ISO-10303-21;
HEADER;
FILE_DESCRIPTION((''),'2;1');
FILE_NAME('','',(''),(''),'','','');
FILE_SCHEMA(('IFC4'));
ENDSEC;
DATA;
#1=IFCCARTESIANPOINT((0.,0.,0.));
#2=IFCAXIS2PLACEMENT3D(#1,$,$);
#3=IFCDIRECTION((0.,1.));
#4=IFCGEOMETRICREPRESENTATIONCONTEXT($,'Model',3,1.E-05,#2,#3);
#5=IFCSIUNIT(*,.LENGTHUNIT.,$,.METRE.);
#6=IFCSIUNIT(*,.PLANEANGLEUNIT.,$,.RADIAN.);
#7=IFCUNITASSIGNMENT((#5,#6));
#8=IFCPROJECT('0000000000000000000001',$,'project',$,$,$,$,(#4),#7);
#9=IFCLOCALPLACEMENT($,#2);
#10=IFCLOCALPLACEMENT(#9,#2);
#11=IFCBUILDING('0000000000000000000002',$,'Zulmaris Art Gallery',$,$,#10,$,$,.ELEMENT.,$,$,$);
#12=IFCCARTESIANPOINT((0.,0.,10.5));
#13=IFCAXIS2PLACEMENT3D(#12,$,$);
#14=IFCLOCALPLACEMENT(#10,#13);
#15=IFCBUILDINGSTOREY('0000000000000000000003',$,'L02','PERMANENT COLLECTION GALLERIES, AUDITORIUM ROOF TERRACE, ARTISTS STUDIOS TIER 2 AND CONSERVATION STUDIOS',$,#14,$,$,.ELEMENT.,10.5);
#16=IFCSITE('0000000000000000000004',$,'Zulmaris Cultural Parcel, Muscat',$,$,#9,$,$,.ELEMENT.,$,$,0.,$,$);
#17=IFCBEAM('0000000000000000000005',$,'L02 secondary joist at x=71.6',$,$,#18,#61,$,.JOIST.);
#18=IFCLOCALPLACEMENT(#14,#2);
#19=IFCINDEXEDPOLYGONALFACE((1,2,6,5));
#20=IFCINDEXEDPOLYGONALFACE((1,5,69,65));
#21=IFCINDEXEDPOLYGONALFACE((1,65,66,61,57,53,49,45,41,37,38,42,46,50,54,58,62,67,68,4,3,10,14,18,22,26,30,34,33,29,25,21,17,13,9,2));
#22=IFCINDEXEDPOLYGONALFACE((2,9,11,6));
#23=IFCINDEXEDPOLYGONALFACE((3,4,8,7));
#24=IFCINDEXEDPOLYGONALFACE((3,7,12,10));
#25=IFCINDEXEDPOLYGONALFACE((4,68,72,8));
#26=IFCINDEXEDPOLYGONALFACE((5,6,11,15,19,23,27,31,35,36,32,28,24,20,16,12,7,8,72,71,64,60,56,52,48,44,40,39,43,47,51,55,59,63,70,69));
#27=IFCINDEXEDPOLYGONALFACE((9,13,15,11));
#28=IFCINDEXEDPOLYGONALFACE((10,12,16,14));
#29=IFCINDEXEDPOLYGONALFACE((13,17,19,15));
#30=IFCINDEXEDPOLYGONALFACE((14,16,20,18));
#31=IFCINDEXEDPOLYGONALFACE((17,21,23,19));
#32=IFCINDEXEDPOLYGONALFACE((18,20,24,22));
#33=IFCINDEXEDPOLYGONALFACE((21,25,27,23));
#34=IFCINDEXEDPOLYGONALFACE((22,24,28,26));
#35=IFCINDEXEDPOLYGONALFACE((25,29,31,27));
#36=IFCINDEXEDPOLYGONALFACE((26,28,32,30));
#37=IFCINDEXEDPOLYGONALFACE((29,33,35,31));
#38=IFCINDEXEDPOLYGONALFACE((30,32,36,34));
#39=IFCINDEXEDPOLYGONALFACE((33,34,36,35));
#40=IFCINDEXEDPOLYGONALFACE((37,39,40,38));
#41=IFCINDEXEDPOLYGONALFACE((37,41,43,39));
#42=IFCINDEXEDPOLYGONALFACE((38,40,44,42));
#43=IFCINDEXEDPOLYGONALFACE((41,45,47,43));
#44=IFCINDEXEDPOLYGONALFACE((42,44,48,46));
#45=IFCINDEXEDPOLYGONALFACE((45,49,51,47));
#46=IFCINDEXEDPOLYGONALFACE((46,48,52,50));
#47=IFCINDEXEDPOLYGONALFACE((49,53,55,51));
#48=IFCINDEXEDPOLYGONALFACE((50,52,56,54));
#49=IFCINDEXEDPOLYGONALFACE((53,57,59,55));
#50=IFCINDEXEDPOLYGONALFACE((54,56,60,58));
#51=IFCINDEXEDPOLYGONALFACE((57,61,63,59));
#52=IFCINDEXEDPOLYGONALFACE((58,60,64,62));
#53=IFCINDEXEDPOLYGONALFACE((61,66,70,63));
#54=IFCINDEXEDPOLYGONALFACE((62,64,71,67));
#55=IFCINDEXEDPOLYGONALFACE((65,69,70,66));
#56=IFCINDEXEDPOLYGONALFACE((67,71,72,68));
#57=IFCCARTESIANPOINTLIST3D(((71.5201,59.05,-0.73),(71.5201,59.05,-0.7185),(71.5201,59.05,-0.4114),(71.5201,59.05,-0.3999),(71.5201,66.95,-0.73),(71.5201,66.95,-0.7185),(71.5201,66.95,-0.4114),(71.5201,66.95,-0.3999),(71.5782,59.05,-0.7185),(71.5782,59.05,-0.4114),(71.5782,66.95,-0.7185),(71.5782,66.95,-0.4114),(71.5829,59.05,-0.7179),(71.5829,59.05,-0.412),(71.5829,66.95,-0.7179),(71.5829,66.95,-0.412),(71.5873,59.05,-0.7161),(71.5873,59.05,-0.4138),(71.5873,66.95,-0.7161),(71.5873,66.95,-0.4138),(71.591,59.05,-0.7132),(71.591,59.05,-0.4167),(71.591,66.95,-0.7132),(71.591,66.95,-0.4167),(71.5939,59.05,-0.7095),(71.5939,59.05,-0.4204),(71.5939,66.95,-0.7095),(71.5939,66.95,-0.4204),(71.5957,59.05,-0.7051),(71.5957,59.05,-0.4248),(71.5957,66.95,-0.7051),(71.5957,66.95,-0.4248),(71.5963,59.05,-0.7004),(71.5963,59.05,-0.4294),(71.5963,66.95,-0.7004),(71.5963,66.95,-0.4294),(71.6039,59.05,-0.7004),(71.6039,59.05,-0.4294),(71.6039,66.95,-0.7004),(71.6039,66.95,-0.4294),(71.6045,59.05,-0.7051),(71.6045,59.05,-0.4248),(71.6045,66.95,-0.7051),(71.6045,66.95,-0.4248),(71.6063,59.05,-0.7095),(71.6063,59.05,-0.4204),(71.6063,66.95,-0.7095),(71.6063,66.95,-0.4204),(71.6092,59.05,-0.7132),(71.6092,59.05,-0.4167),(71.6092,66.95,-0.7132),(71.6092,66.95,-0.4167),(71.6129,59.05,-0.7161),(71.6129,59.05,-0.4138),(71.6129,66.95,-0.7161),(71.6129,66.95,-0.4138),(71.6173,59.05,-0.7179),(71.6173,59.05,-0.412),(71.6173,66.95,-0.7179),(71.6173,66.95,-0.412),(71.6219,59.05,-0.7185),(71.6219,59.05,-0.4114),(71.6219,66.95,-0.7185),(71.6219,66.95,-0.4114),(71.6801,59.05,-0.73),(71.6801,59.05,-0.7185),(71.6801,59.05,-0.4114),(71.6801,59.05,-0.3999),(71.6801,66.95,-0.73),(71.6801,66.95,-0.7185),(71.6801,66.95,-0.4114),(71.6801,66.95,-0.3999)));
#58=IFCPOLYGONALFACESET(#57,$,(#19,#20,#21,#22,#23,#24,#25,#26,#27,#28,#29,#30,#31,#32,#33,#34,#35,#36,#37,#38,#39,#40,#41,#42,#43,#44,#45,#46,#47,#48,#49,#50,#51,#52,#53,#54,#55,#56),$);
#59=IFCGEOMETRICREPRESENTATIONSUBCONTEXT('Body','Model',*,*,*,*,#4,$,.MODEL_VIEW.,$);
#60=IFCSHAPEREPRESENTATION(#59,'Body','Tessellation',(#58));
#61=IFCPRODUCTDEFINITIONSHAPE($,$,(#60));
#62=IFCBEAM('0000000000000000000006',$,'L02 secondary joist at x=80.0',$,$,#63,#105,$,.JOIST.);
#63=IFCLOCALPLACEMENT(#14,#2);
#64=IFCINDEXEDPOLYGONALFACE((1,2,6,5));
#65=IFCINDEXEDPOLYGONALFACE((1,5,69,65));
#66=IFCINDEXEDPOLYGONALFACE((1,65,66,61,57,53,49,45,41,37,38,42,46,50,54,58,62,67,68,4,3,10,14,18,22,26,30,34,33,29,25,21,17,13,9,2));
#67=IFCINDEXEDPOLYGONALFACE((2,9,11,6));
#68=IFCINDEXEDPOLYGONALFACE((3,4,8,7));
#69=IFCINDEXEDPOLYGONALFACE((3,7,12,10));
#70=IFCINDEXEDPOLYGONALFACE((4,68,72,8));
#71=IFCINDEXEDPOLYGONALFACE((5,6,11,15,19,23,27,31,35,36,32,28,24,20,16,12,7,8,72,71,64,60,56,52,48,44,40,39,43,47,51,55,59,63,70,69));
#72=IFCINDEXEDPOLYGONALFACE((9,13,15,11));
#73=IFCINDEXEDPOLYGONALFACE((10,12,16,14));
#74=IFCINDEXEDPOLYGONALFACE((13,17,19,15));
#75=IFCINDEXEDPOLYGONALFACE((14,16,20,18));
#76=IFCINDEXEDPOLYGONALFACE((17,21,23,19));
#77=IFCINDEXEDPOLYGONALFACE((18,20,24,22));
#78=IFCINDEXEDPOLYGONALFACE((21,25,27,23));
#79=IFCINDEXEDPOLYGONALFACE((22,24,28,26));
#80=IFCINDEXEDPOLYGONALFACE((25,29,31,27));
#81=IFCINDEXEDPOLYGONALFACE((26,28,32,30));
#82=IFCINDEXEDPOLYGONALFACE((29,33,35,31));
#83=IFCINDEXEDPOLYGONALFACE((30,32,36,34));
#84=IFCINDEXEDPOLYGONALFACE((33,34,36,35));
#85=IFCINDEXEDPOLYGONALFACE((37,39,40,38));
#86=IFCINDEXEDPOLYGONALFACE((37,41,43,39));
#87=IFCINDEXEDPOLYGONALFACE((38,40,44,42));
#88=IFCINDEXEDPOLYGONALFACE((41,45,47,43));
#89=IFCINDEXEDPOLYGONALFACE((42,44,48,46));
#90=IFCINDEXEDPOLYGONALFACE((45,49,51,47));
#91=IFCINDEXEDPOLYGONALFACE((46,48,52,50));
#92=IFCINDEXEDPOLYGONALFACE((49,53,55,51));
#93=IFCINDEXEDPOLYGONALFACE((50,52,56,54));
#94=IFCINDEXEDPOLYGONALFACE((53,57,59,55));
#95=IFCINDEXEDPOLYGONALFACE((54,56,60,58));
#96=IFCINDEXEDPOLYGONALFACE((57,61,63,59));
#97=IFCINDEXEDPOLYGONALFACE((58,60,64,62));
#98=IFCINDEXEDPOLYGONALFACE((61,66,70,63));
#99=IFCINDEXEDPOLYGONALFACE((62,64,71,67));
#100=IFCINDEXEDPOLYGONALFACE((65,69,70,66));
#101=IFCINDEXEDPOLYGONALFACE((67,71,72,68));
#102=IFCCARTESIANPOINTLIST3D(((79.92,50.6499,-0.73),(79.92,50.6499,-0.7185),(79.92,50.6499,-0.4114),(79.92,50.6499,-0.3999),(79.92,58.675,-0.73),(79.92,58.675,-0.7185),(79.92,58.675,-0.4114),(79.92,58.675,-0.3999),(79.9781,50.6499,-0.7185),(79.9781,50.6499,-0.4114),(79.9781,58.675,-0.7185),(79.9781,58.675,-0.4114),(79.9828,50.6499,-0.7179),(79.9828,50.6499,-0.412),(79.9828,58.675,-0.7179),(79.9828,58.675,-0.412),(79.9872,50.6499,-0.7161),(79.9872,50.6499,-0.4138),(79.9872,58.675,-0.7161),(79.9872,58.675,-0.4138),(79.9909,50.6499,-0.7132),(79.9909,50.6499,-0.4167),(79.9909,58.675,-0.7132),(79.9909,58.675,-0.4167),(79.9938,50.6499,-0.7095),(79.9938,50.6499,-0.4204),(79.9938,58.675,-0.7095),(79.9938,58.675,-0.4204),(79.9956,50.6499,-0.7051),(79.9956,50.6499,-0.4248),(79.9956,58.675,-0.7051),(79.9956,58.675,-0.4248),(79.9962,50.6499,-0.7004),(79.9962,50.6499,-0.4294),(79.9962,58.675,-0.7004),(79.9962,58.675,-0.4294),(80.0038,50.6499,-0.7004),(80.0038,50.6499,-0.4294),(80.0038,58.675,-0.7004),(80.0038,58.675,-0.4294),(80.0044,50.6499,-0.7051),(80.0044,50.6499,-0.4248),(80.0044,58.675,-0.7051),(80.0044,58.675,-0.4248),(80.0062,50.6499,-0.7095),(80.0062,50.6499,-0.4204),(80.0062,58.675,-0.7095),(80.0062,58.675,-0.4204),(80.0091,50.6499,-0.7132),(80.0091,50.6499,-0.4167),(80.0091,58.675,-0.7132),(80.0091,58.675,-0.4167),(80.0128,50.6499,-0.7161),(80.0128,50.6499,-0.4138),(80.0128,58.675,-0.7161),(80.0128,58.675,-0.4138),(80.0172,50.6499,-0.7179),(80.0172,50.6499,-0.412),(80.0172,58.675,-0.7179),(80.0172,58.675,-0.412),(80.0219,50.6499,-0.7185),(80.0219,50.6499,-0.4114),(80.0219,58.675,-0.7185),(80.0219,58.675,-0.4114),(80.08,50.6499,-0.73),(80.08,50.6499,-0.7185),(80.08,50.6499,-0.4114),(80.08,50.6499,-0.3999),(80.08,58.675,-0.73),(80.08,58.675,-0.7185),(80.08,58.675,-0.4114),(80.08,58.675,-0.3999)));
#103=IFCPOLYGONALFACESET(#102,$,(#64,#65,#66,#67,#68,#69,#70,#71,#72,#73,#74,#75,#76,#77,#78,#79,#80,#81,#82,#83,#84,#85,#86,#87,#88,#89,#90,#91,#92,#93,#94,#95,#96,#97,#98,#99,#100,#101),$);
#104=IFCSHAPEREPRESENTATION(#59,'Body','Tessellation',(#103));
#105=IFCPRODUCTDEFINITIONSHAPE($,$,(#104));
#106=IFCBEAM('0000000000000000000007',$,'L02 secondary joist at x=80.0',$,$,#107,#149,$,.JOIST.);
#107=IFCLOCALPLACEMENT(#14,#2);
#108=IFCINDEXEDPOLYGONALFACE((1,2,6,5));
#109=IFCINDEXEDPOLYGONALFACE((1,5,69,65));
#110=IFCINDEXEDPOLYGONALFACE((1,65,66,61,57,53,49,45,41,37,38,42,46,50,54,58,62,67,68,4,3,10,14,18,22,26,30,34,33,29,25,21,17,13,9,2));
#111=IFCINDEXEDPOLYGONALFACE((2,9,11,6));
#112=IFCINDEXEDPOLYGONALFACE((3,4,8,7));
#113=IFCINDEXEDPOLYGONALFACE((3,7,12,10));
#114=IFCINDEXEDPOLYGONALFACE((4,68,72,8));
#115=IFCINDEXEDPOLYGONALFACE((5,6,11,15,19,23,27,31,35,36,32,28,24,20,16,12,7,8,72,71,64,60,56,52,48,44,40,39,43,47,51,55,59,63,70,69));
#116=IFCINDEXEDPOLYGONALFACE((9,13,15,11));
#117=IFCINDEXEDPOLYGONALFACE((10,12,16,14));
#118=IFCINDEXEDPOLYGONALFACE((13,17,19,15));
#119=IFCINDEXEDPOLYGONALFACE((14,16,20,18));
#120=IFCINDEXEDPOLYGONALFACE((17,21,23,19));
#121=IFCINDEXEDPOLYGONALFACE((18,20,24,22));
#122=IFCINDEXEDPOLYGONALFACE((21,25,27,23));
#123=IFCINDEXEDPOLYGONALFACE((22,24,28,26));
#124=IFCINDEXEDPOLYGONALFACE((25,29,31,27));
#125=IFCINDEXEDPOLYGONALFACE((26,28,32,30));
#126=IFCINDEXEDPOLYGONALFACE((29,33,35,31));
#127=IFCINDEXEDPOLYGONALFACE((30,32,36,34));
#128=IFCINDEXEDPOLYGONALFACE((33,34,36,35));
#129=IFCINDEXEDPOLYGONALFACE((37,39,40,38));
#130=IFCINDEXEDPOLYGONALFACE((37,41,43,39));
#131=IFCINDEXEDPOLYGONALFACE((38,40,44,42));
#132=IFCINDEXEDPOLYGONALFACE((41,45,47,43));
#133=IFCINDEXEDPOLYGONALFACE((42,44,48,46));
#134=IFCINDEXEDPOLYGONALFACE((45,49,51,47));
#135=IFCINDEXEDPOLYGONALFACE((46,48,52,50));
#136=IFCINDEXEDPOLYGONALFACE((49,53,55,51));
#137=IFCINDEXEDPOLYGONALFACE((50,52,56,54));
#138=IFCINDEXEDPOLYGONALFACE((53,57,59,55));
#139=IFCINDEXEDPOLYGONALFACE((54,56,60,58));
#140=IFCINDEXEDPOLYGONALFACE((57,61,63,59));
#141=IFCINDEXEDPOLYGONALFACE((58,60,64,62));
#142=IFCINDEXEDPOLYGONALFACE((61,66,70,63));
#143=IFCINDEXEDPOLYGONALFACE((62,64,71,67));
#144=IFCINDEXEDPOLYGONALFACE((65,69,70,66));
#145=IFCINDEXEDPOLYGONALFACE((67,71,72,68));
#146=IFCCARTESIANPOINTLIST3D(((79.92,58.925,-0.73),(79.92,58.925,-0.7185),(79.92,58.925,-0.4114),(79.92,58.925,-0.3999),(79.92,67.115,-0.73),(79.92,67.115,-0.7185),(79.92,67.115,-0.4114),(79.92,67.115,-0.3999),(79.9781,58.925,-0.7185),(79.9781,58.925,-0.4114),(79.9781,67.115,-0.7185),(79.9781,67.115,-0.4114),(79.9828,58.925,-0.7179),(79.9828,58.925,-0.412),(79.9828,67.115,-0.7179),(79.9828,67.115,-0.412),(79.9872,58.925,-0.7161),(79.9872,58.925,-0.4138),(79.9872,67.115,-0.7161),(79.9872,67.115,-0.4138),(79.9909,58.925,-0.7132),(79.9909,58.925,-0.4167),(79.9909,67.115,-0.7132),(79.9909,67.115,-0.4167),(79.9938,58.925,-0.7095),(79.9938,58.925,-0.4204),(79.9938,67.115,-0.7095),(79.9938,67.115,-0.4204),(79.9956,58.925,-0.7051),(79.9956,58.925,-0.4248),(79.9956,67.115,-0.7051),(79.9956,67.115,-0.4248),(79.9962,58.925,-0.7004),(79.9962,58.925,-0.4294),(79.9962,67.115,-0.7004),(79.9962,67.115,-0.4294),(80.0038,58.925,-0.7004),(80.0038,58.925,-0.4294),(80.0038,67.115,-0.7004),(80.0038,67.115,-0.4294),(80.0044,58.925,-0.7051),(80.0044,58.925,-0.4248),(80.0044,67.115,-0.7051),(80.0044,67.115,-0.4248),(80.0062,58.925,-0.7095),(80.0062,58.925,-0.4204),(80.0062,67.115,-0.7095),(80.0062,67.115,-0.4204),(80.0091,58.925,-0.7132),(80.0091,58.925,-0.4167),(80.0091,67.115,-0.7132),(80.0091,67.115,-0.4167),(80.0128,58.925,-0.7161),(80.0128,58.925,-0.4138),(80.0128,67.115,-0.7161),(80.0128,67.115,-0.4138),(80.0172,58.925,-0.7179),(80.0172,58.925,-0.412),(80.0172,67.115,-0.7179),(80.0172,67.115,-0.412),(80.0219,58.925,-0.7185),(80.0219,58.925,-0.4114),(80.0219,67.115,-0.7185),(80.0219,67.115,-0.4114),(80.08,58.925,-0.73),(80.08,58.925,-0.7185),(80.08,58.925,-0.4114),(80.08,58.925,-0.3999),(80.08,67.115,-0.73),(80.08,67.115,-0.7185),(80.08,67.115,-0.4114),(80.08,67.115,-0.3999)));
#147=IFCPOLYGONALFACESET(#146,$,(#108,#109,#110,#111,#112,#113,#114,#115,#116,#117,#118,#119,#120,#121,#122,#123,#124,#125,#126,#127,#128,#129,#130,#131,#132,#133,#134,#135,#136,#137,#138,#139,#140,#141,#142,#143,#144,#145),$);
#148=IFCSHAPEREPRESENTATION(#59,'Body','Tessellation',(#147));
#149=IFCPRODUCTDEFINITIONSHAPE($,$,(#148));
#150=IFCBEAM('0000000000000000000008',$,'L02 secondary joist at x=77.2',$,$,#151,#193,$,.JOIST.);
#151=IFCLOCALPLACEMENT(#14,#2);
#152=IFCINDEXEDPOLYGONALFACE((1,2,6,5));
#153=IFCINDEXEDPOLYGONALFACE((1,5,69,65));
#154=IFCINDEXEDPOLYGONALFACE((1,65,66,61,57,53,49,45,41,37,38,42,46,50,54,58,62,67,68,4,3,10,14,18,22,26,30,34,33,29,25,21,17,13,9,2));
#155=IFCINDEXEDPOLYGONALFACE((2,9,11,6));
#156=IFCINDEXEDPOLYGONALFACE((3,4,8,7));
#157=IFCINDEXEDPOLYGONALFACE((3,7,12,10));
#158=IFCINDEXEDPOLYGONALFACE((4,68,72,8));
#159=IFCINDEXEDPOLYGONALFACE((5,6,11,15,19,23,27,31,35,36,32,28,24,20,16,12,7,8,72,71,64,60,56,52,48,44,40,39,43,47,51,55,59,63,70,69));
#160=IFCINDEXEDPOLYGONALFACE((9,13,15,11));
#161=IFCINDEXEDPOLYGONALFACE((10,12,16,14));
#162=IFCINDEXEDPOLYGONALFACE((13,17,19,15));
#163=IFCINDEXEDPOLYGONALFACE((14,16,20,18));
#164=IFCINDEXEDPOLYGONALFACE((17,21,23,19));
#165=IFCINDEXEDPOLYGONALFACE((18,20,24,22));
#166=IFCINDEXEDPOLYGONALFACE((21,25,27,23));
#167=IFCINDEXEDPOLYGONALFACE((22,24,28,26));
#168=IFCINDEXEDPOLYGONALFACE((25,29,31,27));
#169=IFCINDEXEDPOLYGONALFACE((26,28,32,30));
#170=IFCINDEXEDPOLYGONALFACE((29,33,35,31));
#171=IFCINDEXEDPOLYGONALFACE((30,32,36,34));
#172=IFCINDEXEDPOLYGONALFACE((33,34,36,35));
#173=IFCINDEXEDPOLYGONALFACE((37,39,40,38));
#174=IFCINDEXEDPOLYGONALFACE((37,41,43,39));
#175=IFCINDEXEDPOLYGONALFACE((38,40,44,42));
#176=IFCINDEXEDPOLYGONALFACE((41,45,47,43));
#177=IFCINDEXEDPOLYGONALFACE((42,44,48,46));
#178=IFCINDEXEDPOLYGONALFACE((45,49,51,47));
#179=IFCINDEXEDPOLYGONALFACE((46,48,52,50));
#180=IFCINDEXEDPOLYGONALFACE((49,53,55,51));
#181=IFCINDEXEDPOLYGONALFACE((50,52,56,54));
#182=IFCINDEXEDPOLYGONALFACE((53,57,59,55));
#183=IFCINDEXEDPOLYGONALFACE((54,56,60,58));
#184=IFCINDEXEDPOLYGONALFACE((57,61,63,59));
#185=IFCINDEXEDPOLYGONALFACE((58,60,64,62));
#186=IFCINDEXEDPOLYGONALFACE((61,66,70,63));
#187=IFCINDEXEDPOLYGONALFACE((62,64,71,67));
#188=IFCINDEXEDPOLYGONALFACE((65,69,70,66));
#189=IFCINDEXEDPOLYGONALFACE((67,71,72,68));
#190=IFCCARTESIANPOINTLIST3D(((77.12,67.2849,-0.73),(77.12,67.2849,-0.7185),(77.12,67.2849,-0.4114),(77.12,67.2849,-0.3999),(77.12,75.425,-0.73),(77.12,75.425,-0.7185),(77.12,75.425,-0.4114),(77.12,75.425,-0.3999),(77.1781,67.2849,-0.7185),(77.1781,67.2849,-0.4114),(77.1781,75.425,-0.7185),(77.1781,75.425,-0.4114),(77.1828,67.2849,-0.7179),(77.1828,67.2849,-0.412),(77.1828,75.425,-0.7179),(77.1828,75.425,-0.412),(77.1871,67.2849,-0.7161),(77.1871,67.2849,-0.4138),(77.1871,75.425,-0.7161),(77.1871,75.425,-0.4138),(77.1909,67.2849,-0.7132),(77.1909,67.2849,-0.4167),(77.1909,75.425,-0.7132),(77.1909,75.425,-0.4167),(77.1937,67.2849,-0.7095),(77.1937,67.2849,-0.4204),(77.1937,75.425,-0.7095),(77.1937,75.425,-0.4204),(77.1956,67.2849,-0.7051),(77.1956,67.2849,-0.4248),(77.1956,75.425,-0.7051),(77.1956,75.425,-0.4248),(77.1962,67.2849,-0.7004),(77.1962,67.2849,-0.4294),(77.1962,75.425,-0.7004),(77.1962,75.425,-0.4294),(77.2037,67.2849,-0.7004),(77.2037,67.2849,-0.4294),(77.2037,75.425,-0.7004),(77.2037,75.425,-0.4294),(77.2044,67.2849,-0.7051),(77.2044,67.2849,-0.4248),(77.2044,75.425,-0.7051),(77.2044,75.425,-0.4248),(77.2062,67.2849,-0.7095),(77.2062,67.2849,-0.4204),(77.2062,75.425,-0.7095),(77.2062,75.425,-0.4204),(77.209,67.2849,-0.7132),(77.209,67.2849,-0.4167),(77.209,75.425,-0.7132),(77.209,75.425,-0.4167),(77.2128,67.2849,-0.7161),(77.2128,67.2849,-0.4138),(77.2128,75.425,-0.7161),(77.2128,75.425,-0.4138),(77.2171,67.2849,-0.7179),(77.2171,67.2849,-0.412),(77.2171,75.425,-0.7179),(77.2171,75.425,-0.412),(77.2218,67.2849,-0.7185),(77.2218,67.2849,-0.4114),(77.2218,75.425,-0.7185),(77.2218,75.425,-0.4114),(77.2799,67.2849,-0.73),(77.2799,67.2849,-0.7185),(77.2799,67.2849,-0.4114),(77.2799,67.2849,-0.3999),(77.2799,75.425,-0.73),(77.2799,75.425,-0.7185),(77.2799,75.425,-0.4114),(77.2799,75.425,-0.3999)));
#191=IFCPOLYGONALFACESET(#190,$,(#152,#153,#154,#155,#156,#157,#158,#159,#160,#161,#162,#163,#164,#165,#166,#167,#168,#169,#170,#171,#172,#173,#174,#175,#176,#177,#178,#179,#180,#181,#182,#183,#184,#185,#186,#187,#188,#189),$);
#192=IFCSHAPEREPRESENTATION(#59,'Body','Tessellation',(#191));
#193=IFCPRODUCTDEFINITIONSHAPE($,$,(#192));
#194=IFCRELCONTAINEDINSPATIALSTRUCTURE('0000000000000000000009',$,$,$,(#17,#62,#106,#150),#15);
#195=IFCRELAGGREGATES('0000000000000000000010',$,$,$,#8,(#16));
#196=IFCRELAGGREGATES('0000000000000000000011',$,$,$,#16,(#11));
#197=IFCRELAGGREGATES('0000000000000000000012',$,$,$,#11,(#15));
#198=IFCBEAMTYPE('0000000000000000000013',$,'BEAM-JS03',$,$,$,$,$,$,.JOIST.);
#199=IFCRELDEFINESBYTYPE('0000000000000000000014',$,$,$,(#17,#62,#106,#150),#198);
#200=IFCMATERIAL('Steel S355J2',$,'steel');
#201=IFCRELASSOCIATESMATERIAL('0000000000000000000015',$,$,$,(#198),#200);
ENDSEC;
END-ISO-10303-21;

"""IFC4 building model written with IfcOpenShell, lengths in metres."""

from ifc_helpers import new_model, si_unit, direction, frame, origin, origin_2d, place, context, subcontext, project, spatial, i_section, extrude, material, material_profile, profile_set, type_object, element, save


model = new_model("IFC4")

# Units and contexts
model_context = context("Model", 3, precision=1e-05, world=origin(), true_north=direction((0.0, 1.0)))
body_context = subcontext(model_context, "Body", "Model", "MODEL_VIEW")
ifc_project = project(units=[si_unit("LENGTHUNIT", "METRE"), si_unit("PLANEANGLEUNIT", "RADIAN")], contexts=[model_context])

# Site, building, storey
site_placement = place(None, origin())
site = spatial("IfcSite", under=ifc_project, at=site_placement, Name="Zulmaris Cultural Parcel, Muscat", CompositionType="ELEMENT", RefElevation=0.0)
building_placement = place(site_placement, origin())
building = spatial("IfcBuilding", under=site, at=building_placement, Name="Zulmaris Art Gallery", CompositionType="ELEMENT")
storey_placement = place(building_placement, frame((0.0, 0.0, 10.5)))
storey = spatial("IfcBuildingStorey", under=building, at=storey_placement, Name="L02", Description="PERMANENT COLLECTION GALLERIES, AUDITORIUM ROOF TERRACE, ARTISTS STUDIOS TIER 2 AND CONSERVATION STUDIOS", CompositionType="ELEMENT", Elevation=10.5)

# Beams
ifc_material_1 = material(Name="Steel S355J2", Category="steel")
ifc_material_profile_1 = material_profile(ifc_material_1, i_section(OverallWidth=0.1599, OverallDepth=0.3301, WebThickness=0.0076, FlangeThickness=0.0115, FilletRadius=0.0181, at=origin_2d()), Name="IPE 330")
ifc_profile_set_1 = profile_set([ifc_material_profile_1], Name="Steel S355J2")
beam_type_1 = type_object("IfcBeamType", Name="BEAM-JS03", PredefinedType="JOIST", material=ifc_profile_set_1)
beam_1_placement = place(storey_placement, frame((71.6001, 59.05, -0.5649), z_axis=(0.0, 1.0, 0.0), x_axis=(-1.0, 0.0, 0.0)))
element("IfcBeam", 1, at=beam_1_placement, inside=storey, type_object=beam_type_1, Name="L02 secondary joist at x=71.6", PredefinedType="JOIST", context=body_context, shape_type="SweptSolid", body=[
    extrude(i_section(OverallWidth=0.1599, OverallDepth=0.3301, WebThickness=0.0076, FlangeThickness=0.0115, FilletRadius=0.0181, at=origin_2d()), origin(), (0.0, 0.0, 1.0), 7.8999),
])
beam_2_placement = place(storey_placement, frame((80.0, 50.6499, -0.5649), z_axis=(0.0, 1.0, 0.0), x_axis=(-1.0, 0.0, 0.0)))
element("IfcBeam", 2, at=beam_2_placement, inside=storey, type_object=beam_type_1, Name="L02 secondary joist at x=80.0", PredefinedType="JOIST", context=body_context, shape_type="SweptSolid", body=[
    extrude(i_section(OverallWidth=0.1599, OverallDepth=0.3301, WebThickness=0.0076, FlangeThickness=0.0115, FilletRadius=0.0181, at=origin_2d()), origin(), (0.0, 0.0, 1.0), 8.0251),
])
beam_3_placement = place(storey_placement, frame((80.0, 58.925, -0.5649), z_axis=(0.0, 1.0, 0.0), x_axis=(-1.0, 0.0, 0.0)))
element("IfcBeam", 3, at=beam_3_placement, inside=storey, type_object=beam_type_1, Name="L02 secondary joist at x=80.0", PredefinedType="JOIST", context=body_context, shape_type="SweptSolid", body=[
    extrude(i_section(OverallWidth=0.1599, OverallDepth=0.3301, WebThickness=0.0076, FlangeThickness=0.0115, FilletRadius=0.0181, at=origin_2d()), origin(), (0.0, 0.0, 1.0), 8.1899),
])
beam_4_placement = place(storey_placement, frame((77.2, 67.2849, -0.5649), z_axis=(0.0, 1.0, 0.0), x_axis=(-1.0, 0.0, 0.0)))
element("IfcBeam", 4, at=beam_4_placement, inside=storey, type_object=beam_type_1, Name="L02 secondary joist at x=77.2", PredefinedType="JOIST", context=body_context, shape_type="SweptSolid", body=[
    extrude(i_section(OverallWidth=0.1599, OverallDepth=0.3301, WebThickness=0.0076, FlangeThickness=0.0115, FilletRadius=0.0181, at=origin_2d()), origin(), (0.0, 0.0, 1.0), 8.1401),
])

save(model, "model.ifc")
